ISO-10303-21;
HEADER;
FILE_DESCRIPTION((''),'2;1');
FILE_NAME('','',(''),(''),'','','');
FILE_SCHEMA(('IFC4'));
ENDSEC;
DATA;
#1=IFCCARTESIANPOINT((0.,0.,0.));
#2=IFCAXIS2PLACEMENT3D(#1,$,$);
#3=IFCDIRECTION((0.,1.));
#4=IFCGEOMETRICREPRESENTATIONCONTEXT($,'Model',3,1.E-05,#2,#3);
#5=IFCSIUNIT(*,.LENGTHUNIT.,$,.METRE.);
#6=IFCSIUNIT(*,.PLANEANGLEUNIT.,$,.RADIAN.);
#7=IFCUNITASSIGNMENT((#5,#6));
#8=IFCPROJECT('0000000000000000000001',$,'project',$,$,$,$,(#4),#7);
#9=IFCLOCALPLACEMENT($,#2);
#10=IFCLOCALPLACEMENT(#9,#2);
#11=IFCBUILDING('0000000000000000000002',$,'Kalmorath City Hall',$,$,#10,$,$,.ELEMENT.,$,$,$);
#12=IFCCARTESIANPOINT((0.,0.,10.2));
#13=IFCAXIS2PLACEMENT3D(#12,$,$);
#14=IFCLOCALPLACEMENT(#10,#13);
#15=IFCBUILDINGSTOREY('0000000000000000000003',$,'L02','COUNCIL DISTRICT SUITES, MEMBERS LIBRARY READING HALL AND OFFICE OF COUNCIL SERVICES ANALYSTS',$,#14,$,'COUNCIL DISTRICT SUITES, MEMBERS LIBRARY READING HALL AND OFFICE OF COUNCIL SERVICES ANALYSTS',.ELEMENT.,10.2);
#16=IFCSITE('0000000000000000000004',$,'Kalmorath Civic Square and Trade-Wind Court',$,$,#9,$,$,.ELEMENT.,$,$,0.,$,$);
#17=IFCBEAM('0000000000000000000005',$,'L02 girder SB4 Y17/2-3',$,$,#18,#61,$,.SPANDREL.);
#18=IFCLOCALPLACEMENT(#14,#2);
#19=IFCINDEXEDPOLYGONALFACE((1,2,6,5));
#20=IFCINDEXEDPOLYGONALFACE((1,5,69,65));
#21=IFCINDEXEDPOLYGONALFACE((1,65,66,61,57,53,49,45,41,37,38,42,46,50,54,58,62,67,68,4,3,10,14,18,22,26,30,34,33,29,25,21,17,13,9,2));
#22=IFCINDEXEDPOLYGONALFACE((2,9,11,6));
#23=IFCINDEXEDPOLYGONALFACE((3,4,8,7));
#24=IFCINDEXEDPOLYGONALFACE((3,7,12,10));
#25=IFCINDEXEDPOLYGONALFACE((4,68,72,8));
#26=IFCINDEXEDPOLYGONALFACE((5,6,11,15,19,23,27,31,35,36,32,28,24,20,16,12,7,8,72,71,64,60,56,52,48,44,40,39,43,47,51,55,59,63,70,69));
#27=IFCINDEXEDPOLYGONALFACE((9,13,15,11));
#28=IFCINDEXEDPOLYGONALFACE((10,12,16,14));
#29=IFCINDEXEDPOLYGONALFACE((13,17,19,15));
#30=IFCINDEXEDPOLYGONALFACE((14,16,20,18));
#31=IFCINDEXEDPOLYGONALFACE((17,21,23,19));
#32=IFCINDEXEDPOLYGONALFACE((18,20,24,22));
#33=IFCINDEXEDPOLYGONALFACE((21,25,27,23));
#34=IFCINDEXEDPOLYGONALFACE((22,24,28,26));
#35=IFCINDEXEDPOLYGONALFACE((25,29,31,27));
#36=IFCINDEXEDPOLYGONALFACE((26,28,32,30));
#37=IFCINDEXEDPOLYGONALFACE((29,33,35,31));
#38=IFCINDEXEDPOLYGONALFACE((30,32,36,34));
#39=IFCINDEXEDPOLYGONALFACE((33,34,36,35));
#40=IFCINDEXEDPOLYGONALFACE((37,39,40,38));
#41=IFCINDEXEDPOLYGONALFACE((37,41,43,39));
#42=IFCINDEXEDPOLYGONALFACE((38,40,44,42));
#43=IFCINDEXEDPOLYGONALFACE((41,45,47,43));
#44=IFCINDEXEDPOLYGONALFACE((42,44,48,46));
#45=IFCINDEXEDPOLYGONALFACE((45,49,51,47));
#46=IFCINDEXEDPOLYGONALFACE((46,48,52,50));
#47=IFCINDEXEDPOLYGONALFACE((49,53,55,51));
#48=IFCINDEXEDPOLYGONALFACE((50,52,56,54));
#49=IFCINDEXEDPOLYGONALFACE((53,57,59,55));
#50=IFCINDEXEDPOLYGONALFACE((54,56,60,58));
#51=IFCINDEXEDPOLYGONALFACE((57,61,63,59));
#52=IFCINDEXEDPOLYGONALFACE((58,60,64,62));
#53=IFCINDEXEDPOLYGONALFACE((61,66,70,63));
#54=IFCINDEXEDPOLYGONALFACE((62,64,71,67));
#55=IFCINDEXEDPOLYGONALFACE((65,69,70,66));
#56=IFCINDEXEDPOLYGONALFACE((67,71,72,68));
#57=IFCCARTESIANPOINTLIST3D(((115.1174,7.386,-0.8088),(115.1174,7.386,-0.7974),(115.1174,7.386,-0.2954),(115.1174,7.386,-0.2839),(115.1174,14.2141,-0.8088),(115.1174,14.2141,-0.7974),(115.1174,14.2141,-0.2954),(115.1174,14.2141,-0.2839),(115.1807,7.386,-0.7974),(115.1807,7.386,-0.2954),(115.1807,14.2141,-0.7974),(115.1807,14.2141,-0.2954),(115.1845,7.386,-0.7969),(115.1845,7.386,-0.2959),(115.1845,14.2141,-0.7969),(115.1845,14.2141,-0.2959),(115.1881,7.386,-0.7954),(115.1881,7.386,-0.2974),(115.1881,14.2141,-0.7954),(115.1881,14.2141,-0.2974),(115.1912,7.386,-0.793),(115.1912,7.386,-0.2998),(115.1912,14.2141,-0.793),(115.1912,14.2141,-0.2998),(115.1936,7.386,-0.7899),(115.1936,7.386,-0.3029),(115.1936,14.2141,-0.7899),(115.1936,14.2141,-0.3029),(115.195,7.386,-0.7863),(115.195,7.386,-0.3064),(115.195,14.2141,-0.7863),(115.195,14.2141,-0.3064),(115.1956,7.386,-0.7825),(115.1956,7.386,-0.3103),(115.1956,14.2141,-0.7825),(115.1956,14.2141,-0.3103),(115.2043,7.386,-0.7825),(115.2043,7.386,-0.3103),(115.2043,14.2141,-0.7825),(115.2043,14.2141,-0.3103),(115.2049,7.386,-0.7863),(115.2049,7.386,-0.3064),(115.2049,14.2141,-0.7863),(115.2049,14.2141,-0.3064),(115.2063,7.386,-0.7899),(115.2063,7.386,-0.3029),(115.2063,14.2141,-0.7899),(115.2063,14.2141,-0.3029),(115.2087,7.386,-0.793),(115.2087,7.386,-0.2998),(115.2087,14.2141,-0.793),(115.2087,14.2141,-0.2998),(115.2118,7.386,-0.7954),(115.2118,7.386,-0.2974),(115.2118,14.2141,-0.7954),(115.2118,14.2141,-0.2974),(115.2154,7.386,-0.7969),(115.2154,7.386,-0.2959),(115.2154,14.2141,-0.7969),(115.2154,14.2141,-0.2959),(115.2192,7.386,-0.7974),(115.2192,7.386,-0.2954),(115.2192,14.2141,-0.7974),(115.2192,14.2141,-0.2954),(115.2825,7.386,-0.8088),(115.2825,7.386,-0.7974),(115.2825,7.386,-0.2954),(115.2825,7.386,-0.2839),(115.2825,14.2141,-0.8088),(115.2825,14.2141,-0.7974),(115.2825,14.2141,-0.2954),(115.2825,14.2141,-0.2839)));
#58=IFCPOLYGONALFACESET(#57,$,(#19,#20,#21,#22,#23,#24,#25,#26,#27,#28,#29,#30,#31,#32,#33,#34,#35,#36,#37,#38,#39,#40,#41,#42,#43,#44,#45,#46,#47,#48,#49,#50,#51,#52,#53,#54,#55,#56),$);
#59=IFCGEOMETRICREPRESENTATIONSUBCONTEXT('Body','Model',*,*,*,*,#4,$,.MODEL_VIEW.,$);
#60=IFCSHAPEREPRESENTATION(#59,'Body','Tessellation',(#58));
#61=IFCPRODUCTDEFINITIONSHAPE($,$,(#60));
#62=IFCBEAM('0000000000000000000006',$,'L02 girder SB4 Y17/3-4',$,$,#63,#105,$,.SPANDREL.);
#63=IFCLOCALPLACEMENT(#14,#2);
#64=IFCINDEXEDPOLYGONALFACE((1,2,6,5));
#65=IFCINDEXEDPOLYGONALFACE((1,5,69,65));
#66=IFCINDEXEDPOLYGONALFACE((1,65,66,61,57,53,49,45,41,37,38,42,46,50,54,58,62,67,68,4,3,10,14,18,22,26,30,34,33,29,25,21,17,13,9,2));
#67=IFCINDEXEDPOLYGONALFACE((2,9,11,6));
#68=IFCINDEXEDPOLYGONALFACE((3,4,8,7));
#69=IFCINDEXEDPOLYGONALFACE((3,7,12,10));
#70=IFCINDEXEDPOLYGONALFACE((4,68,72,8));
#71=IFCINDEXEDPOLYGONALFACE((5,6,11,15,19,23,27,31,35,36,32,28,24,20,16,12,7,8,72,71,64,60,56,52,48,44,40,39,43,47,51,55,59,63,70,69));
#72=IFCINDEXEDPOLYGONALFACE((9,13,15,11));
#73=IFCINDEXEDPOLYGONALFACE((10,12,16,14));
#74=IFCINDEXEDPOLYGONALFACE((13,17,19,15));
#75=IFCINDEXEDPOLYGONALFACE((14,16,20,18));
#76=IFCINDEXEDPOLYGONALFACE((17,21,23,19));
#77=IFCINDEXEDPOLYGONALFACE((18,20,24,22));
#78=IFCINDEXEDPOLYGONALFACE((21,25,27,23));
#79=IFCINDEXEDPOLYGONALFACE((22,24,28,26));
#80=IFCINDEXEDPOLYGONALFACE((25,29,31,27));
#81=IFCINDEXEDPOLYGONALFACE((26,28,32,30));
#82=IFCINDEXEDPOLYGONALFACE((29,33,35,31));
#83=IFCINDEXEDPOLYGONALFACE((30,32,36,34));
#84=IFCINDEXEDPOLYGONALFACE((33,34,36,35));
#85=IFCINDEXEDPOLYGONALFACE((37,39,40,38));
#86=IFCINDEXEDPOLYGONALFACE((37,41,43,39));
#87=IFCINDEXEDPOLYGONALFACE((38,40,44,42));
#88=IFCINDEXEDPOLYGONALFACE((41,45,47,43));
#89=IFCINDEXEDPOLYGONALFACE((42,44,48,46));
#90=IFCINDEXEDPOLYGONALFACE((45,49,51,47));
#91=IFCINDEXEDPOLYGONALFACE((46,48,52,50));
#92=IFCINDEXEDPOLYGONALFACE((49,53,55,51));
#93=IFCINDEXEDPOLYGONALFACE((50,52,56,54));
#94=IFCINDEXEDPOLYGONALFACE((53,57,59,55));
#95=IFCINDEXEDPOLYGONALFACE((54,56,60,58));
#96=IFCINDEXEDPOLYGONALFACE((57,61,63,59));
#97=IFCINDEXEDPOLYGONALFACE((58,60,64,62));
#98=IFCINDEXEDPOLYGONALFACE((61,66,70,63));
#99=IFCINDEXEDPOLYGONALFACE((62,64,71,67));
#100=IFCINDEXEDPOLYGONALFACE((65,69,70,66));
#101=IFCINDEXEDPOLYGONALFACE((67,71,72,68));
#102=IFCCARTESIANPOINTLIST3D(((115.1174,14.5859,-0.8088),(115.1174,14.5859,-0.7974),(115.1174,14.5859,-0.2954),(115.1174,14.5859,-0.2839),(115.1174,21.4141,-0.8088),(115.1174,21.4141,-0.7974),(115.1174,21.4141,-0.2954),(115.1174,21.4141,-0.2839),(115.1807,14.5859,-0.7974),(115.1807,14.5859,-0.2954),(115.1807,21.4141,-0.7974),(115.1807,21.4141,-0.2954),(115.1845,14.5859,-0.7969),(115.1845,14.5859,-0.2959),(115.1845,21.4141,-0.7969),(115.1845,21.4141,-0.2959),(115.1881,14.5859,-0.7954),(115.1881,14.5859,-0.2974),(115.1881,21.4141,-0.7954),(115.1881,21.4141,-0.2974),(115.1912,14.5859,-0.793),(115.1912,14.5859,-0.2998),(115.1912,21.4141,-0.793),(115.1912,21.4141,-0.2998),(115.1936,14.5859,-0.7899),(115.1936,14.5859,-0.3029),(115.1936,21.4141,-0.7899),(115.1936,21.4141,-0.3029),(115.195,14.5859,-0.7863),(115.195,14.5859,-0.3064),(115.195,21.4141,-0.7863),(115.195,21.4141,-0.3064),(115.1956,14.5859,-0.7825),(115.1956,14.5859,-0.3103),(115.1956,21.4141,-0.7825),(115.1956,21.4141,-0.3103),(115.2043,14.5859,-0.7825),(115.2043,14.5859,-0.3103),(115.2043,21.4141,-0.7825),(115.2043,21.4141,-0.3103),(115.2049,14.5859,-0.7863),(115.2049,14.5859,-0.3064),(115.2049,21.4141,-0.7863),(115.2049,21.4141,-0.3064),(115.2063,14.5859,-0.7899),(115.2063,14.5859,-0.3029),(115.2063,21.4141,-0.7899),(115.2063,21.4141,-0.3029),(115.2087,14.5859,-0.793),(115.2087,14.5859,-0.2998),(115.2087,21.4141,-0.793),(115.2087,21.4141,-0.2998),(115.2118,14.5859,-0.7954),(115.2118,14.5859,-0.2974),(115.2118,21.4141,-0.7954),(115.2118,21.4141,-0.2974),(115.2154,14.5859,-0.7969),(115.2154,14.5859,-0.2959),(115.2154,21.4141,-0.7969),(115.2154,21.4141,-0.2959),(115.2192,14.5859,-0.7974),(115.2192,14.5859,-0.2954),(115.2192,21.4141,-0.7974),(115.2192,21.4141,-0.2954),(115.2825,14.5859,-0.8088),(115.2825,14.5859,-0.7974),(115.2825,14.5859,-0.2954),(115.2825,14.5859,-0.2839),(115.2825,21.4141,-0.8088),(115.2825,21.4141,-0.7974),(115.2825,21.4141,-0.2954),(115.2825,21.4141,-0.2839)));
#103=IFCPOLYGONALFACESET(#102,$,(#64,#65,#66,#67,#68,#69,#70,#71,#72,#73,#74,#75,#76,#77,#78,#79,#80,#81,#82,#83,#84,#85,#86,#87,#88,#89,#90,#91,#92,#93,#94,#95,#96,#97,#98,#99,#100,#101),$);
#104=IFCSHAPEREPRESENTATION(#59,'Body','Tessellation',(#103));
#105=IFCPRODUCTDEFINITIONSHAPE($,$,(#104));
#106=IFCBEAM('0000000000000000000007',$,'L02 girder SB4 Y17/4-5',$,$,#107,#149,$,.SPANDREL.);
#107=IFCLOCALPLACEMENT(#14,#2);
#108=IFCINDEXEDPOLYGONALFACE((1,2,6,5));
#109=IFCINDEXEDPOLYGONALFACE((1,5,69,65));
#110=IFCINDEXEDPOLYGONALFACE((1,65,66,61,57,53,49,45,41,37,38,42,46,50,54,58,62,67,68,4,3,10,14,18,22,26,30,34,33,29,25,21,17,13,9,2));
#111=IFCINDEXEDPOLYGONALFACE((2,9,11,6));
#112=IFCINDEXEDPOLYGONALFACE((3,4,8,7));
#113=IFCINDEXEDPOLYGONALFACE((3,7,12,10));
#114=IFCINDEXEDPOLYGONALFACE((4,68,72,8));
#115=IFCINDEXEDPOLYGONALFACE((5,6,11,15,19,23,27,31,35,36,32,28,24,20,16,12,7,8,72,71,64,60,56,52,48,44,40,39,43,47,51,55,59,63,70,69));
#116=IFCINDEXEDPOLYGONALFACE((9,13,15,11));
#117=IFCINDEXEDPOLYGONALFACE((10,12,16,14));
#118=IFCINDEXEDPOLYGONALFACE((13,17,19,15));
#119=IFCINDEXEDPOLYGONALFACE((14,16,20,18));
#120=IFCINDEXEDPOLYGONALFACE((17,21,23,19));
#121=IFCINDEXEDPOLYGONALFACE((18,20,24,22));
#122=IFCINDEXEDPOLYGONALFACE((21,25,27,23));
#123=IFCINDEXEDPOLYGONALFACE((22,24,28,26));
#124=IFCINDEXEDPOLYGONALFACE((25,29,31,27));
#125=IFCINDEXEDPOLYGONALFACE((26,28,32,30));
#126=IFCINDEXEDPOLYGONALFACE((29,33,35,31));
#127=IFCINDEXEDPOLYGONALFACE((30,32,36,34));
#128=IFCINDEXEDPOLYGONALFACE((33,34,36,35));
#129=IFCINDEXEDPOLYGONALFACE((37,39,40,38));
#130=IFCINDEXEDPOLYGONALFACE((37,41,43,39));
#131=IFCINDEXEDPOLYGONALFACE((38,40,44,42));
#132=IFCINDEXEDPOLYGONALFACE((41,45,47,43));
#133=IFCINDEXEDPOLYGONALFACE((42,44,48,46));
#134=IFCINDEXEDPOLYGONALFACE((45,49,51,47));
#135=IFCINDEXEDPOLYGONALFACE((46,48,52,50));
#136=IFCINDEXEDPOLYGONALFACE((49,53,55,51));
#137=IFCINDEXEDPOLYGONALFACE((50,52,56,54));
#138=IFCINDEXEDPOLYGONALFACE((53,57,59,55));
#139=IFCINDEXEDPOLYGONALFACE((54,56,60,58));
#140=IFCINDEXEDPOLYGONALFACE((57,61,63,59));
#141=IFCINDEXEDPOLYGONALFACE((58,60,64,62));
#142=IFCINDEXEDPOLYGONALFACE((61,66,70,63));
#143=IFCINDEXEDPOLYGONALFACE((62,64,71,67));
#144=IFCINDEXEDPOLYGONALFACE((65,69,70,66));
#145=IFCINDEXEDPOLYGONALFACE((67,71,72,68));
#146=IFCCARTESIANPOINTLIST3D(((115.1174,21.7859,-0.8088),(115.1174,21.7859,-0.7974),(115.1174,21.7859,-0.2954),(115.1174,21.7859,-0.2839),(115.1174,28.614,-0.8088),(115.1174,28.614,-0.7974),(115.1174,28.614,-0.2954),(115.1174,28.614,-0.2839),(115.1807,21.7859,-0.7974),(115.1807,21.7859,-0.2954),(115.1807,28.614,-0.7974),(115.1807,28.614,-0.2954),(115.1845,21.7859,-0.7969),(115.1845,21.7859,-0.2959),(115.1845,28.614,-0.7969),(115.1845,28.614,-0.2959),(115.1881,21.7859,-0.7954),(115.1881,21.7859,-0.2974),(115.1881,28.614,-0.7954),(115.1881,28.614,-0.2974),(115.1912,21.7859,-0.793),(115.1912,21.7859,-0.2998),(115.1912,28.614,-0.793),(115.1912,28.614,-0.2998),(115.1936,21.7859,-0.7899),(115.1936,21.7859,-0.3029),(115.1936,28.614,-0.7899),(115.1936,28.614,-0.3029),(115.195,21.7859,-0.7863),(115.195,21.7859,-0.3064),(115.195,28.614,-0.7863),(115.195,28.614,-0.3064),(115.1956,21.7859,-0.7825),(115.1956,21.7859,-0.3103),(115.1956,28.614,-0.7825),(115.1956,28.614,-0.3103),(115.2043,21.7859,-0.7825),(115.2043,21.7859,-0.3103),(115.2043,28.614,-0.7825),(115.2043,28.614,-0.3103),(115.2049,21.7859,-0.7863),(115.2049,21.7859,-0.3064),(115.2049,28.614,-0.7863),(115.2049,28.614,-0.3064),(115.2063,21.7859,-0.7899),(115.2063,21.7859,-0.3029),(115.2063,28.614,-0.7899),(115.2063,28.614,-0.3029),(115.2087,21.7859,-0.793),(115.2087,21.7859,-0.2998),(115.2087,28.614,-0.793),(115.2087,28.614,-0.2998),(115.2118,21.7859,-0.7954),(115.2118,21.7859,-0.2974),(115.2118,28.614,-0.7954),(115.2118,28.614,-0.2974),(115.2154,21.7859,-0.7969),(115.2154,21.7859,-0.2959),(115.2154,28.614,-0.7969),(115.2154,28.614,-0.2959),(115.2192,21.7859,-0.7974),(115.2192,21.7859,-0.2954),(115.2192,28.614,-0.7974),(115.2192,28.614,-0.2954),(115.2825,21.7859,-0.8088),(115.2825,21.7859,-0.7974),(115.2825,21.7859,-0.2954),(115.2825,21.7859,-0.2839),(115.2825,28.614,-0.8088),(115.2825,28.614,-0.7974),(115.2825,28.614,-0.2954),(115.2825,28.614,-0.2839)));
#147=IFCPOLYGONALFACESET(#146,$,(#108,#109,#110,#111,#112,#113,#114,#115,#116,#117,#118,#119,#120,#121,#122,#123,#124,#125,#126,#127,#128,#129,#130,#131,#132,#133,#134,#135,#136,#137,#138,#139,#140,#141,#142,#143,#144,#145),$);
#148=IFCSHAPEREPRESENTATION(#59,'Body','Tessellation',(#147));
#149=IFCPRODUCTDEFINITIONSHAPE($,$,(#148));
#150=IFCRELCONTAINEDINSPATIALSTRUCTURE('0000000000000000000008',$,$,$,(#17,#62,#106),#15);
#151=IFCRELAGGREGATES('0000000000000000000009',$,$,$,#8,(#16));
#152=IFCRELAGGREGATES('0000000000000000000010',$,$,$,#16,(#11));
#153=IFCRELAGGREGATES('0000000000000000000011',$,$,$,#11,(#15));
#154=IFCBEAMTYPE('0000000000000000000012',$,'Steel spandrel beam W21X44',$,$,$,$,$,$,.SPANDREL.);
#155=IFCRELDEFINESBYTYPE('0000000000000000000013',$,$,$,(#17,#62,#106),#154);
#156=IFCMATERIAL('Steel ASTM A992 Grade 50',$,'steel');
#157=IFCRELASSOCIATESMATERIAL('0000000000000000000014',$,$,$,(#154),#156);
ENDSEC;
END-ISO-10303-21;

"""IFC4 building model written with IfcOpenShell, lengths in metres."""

from ifc_helpers import new_model, si_unit, direction, frame, origin, origin_2d, place, context, subcontext, project, spatial, i_section, extrude, material, material_profile, profile_set, type_object, element, save


model = new_model("IFC4")

# Units and contexts
model_context = context("Model", 3, precision=1e-05, world=origin(), true_north=direction((0.0, 1.0)))
body_context = subcontext(model_context, "Body", "Model", "MODEL_VIEW")
ifc_project = project(units=[si_unit("LENGTHUNIT", "METRE"), si_unit("PLANEANGLEUNIT", "RADIAN")], contexts=[model_context])

# Site, building, storey
site_placement = place(None, origin())
site = spatial("IfcSite", under=ifc_project, at=site_placement, Name="Kalmorath Civic Square and Trade-Wind Court", CompositionType="ELEMENT", RefElevation=0.0)
building_placement = place(site_placement, origin())
building = spatial("IfcBuilding", under=site, at=building_placement, Name="Kalmorath City Hall", CompositionType="ELEMENT")
storey_placement = place(building_placement, frame((0.0, 0.0, 10.2)))
storey = spatial("IfcBuildingStorey", under=building, at=storey_placement, Name="L02", Description="COUNCIL DISTRICT SUITES, MEMBERS LIBRARY READING HALL AND OFFICE OF COUNCIL SERVICES ANALYSTS", LongName="COUNCIL DISTRICT SUITES, MEMBERS LIBRARY READING HALL AND OFFICE OF COUNCIL SERVICES ANALYSTS", CompositionType="ELEMENT", Elevation=10.2)

# Beams
ifc_material_1 = material(Name="Steel ASTM A992 Grade 50", Category="steel")
ifc_material_profile_1 = material_profile(ifc_material_1, i_section(OverallWidth=0.165, OverallDepth=0.5249, WebThickness=0.0088, FlangeThickness=0.0115, FilletRadius=0.0149, at=origin_2d()), Name="W21X44")
ifc_profile_set_1 = profile_set([ifc_material_profile_1], Name="Steel ASTM A992 Grade 50")
beam_type_1 = type_object("IfcBeamType", Name="Steel spandrel beam W21X44", PredefinedType="SPANDREL", material=ifc_profile_set_1)
for number, where, z_axis, x_axis, name in (
    (1, (115.2, 7.386, -0.5464), (0.0, 1.0, 0.0), (-1.0, 0.0, 0.0), "L02 girder SB4 Y17/2-3"),
    (2, (115.2, 14.5859, -0.5464), (0.0, 1.0, 0.0), (-1.0, 0.0, 0.0), "L02 girder SB4 Y17/3-4"),
    (3, (115.2, 21.7859, -0.5464), (0.0, 1.0, 0.0), (-1.0, 0.0, 0.0), "L02 girder SB4 Y17/4-5"),
):
    element("IfcBeam", number, at=place(storey_placement, frame(where, z_axis=z_axis, x_axis=x_axis)), inside=storey, type_object=beam_type_1, Name=name, PredefinedType="SPANDREL", context=body_context, shape_type="SweptSolid", body=[
        extrude(i_section(OverallWidth=0.165, OverallDepth=0.5249, WebThickness=0.0088, FlangeThickness=0.0115, FilletRadius=0.0149, at=origin_2d()), origin(), (0.0, 0.0, 1.0), 6.8281),
    ])

save(model, "model.ifc")
